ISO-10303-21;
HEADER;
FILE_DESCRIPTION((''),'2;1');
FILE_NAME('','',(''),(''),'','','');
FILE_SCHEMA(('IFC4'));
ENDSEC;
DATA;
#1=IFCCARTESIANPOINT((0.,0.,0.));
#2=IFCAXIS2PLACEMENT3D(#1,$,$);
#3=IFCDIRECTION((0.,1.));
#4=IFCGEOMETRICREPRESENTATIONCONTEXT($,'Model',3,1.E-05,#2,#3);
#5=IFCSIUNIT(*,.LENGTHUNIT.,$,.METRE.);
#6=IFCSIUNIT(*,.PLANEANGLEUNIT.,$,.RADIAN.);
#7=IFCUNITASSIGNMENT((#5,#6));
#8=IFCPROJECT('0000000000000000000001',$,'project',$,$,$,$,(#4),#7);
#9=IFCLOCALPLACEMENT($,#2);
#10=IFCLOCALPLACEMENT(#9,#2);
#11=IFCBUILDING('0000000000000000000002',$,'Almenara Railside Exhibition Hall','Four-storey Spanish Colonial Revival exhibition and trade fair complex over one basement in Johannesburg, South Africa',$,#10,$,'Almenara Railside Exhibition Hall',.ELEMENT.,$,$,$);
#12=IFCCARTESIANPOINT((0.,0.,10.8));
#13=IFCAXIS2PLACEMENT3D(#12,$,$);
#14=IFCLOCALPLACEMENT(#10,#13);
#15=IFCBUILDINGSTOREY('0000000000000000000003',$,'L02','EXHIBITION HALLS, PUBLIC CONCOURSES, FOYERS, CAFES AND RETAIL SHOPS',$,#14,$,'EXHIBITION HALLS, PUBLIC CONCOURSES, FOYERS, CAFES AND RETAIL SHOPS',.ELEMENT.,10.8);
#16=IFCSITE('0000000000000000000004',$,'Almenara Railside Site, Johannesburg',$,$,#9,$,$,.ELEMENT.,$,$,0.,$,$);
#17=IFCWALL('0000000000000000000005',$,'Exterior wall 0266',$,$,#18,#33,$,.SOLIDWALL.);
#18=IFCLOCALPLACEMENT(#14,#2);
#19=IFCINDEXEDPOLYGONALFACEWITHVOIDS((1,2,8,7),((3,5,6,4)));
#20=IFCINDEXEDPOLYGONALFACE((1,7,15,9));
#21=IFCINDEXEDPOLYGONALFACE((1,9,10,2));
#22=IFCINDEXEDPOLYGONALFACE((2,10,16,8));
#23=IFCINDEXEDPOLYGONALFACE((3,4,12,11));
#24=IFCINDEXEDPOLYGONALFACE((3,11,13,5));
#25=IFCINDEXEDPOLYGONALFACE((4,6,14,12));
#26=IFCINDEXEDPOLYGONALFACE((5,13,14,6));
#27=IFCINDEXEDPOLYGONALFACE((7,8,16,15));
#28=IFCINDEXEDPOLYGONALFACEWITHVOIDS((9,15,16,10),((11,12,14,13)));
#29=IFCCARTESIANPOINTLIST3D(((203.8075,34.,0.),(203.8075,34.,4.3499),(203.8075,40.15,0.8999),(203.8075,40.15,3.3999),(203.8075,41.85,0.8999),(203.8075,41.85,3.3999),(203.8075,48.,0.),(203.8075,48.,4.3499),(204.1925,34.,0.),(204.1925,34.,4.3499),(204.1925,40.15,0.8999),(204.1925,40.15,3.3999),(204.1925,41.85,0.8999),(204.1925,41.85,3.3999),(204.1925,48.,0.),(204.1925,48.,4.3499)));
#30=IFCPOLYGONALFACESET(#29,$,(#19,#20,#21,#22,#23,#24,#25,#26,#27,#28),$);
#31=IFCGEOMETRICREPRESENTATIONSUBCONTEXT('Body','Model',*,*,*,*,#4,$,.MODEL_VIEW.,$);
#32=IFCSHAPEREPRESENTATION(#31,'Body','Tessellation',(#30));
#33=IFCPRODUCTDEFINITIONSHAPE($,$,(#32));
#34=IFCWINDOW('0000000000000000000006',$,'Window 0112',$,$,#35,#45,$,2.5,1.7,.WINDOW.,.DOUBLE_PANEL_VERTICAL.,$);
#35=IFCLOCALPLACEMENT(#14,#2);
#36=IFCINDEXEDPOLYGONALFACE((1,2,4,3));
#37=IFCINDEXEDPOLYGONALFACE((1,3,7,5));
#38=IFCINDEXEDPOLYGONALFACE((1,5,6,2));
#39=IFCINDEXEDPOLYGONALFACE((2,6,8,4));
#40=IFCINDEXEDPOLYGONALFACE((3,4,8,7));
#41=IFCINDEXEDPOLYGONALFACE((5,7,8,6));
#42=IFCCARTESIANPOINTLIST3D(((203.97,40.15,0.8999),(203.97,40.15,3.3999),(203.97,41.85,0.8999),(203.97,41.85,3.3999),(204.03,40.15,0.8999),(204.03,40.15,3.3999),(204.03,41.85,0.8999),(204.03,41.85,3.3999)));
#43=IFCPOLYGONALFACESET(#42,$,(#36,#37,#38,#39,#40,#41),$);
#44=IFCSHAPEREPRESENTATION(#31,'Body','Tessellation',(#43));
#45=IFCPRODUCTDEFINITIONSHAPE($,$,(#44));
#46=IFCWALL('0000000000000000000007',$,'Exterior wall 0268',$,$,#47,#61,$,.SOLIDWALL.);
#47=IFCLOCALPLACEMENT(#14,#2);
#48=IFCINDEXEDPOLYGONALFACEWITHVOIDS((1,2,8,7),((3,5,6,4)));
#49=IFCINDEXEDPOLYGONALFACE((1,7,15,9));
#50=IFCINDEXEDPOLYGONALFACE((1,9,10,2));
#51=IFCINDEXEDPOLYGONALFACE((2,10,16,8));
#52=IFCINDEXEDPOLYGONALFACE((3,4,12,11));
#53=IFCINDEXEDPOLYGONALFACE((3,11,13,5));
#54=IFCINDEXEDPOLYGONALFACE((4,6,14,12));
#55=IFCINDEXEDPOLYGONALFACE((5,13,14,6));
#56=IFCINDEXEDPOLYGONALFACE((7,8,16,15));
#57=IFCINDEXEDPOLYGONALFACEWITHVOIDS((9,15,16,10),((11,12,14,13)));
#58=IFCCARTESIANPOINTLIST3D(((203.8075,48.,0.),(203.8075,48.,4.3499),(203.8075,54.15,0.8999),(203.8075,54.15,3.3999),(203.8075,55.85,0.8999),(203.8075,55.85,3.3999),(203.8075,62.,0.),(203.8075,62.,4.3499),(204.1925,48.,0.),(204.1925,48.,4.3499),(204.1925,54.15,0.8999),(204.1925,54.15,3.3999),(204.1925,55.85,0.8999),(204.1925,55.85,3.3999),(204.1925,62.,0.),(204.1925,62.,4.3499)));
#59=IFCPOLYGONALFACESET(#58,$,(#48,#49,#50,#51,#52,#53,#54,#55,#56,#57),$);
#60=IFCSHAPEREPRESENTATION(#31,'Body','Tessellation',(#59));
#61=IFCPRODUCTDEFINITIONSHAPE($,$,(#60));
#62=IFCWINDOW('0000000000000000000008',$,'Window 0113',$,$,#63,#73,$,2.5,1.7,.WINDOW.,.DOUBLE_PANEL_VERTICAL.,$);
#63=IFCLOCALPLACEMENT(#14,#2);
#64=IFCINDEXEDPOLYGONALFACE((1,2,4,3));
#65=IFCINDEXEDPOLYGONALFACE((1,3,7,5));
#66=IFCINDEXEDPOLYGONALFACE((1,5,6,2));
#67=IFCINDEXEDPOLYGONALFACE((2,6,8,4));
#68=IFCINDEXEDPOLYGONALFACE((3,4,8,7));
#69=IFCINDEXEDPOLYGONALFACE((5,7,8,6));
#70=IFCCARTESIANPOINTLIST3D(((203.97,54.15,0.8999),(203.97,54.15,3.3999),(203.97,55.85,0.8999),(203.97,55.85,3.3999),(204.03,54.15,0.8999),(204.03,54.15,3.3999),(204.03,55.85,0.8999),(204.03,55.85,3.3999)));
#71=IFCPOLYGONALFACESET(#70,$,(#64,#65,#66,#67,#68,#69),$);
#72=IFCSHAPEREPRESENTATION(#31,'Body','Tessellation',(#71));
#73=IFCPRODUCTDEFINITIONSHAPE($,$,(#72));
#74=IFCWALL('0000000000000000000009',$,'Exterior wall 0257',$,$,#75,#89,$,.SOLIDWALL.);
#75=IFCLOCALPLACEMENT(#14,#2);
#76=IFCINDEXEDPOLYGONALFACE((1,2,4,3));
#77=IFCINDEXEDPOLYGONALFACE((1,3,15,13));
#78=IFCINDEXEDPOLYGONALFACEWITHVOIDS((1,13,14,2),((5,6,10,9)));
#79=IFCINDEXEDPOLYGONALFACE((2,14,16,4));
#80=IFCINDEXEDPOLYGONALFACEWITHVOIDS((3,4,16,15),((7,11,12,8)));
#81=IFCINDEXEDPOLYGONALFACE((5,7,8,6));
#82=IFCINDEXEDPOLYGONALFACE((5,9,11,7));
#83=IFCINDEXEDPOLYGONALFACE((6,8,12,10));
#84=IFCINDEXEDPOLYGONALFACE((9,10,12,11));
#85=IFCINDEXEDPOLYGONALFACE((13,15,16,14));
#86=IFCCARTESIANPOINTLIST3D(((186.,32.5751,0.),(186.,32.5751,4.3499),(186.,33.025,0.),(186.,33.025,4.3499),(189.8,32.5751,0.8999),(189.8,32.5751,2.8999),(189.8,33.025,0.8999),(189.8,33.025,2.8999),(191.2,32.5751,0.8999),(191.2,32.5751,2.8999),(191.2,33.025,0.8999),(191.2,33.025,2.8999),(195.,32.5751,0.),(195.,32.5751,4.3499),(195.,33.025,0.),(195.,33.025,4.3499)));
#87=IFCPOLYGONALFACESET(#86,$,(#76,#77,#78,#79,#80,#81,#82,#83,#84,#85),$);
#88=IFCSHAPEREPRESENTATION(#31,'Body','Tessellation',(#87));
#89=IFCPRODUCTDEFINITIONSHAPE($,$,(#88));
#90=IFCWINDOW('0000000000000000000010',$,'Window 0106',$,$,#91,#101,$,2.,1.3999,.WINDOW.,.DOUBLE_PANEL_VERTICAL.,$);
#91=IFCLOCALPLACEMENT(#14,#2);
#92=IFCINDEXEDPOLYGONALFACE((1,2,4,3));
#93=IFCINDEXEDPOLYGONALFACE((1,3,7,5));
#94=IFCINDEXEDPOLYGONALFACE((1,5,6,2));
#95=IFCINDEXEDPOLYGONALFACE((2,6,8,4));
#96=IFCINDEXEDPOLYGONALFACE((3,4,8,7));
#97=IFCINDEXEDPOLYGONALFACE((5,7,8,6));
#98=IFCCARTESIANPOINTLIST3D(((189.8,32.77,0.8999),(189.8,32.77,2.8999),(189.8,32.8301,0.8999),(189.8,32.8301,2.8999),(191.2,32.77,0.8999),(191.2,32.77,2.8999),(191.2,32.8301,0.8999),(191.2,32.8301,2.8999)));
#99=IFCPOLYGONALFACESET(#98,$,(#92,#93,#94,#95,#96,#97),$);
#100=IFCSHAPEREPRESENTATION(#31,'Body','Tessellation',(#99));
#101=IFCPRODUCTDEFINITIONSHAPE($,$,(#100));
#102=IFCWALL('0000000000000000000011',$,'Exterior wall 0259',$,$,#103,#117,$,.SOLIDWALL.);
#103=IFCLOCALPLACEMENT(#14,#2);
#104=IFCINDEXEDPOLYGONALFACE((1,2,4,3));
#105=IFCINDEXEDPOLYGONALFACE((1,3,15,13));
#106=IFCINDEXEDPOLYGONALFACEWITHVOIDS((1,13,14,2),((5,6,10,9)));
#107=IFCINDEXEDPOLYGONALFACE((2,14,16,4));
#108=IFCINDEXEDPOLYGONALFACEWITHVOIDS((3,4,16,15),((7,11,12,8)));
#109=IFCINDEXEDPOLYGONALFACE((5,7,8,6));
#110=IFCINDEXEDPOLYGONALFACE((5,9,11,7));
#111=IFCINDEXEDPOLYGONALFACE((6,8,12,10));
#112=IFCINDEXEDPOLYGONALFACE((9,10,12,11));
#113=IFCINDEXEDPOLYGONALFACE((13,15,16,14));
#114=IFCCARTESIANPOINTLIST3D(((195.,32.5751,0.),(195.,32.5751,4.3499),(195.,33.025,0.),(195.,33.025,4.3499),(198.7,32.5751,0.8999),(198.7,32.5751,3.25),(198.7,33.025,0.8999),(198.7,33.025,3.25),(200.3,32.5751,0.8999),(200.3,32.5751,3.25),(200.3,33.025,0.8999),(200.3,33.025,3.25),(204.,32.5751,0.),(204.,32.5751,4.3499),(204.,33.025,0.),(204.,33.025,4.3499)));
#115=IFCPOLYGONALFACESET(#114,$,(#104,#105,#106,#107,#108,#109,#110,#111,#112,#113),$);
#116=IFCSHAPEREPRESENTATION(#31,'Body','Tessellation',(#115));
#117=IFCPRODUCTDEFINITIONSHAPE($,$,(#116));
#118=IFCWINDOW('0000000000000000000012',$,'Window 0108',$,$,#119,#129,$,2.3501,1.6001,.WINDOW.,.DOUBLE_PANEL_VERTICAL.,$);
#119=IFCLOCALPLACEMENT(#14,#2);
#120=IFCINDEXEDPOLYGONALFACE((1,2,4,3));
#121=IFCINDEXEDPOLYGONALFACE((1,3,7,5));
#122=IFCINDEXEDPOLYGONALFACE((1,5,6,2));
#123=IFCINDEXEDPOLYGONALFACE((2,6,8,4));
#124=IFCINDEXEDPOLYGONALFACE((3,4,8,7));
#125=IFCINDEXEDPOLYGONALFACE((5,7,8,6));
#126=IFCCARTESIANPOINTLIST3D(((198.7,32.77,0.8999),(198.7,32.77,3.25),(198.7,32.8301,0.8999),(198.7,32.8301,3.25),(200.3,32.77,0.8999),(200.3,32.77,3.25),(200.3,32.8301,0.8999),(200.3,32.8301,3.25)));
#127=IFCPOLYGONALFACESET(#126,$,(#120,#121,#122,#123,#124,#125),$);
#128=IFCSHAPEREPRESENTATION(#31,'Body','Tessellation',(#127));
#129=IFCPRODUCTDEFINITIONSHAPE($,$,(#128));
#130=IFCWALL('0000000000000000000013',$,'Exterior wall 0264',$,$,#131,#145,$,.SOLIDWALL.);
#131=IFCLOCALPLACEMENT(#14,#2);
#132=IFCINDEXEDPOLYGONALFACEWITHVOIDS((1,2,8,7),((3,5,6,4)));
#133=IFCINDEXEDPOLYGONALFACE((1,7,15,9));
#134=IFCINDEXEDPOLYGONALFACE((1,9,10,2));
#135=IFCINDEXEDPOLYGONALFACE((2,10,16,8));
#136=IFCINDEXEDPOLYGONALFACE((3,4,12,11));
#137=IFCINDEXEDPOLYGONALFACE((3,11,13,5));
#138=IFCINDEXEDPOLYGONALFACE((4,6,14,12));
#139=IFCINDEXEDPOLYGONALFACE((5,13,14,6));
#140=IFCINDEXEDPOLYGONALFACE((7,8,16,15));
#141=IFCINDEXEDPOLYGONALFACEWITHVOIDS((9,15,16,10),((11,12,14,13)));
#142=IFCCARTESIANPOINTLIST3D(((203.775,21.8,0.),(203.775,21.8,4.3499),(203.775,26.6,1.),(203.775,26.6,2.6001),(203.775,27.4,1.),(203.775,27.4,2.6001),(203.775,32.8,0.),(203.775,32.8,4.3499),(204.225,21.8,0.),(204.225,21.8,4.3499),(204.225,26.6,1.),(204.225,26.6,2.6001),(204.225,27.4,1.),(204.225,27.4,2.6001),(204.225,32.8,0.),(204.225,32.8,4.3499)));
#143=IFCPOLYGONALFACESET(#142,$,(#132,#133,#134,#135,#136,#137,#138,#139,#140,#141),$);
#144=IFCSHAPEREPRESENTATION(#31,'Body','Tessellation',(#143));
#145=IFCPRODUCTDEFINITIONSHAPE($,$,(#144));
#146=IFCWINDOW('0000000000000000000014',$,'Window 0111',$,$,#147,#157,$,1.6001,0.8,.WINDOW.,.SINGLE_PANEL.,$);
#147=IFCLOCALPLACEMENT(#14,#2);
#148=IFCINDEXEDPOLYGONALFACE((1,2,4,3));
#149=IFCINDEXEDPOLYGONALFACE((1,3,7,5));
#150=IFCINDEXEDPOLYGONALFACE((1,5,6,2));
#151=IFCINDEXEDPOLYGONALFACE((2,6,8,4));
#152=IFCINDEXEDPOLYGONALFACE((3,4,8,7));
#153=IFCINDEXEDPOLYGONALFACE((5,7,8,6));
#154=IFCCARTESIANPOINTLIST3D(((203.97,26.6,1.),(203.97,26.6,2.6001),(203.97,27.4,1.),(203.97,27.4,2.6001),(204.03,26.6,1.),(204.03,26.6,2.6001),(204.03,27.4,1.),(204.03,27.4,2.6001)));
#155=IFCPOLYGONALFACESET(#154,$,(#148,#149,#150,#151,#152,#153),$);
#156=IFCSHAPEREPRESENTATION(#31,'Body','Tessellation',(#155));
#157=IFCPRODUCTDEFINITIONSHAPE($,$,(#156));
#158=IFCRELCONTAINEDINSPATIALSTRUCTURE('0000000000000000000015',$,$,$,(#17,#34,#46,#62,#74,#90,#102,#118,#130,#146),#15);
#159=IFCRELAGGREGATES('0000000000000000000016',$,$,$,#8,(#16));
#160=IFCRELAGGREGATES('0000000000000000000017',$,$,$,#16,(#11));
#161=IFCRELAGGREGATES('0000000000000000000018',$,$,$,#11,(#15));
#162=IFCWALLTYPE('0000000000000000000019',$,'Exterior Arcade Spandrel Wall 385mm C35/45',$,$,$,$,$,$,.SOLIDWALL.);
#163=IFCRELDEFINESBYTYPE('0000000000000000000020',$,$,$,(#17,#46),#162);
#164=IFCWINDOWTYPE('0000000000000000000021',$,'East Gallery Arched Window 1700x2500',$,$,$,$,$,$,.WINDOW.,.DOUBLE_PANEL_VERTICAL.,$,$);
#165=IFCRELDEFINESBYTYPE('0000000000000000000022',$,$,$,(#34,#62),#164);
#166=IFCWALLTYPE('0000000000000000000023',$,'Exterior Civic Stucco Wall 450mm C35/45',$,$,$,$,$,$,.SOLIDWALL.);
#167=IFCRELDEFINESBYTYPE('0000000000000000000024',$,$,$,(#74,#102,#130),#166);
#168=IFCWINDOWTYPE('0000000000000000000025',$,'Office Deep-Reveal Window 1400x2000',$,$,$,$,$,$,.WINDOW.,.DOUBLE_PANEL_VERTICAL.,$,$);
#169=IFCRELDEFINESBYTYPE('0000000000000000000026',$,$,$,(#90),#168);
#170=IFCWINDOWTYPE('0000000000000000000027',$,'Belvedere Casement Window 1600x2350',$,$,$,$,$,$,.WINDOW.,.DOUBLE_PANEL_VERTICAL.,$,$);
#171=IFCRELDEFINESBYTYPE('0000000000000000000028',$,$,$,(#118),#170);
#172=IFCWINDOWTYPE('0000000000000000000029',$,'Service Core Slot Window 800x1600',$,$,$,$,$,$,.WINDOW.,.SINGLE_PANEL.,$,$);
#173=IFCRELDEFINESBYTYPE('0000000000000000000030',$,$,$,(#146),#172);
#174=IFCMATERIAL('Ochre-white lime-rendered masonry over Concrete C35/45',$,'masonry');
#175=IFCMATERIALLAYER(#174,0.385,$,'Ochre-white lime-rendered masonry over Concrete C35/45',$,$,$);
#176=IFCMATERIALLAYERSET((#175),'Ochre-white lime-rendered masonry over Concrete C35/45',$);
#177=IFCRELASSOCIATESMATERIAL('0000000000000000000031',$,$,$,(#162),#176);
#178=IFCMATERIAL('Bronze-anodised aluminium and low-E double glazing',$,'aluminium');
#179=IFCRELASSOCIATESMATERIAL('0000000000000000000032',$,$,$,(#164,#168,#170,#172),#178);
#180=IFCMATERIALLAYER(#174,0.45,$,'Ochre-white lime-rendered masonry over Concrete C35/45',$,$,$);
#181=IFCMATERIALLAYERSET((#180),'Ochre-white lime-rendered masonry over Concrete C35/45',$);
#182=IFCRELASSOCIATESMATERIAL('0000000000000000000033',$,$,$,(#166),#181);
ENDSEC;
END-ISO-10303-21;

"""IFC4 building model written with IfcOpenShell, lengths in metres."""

from ifc_helpers import new_model, si_unit, direction, frame, frame_2d, origin, place, context, subcontext, project, spatial, rectangle, extrude, material, layer, layer_set, type_object, element, fill, save


model = new_model("IFC4")

# Units and contexts
model_context = context("Model", 3, precision=1e-05, world=origin(), true_north=direction((0.0, 1.0)))
body_context = subcontext(model_context, "Body", "Model", "MODEL_VIEW")
ifc_project = project(units=[si_unit("LENGTHUNIT", "METRE"), si_unit("PLANEANGLEUNIT", "RADIAN")], contexts=[model_context])

# Site, building, storey
site_placement = place(None, origin())
site = spatial("IfcSite", under=ifc_project, at=site_placement, Name="Almenara Railside Site, Johannesburg", CompositionType="ELEMENT", RefElevation=0.0)
building_placement = place(site_placement, origin())
building = spatial("IfcBuilding", under=site, at=building_placement, Name="Almenara Railside Exhibition Hall", Description="Four-storey Spanish Colonial Revival exhibition and trade fair complex over one basement in Johannesburg, South Africa", LongName="Almenara Railside Exhibition Hall", CompositionType="ELEMENT")
storey_placement = place(building_placement, frame((0.0, 0.0, 10.8)))
storey = spatial("IfcBuildingStorey", under=building, at=storey_placement, Name="L02", Description="EXHIBITION HALLS, PUBLIC CONCOURSES, FOYERS, CAFES AND RETAIL SHOPS", LongName="EXHIBITION HALLS, PUBLIC CONCOURSES, FOYERS, CAFES AND RETAIL SHOPS", CompositionType="ELEMENT", Elevation=10.8)

# Walls, openings, windows
ifc_material_1 = material(Name="Ochre-white lime-rendered masonry over Concrete C35/45", Category="masonry")
ifc_layer_1 = layer(ifc_material_1, 0.385, Name="Ochre-white lime-rendered masonry over Concrete C35/45")
ifc_layer_set_1 = layer_set([ifc_layer_1], Name="Ochre-white lime-rendered masonry over Concrete C35/45")
wall_type_1 = type_object("IfcWallType", Name="Exterior Arcade Spandrel Wall 385mm C35/45", PredefinedType="SOLIDWALL", material=ifc_layer_set_1)
wall_1_placement = place(storey_placement, frame((204.0, 34.0, 0.0), z_axis=(0.0, 0.0, 1.0), x_axis=(0.0, 1.0, 0.0)))
wall_1 = element("IfcWall", 1, at=wall_1_placement, inside=storey, type_object=wall_type_1, Name="Exterior wall 0266", PredefinedType="SOLIDWALL", context=body_context, shape_type="SweptSolid", body=[
    extrude(rectangle(XDim=14.0, YDim=0.385, at=frame_2d((7.0, 0.0))), origin(), (0.0, 0.0, 1.0), 4.3499),
])
opening_1_placement = place(wall_1_placement, frame((6.1499, 0.0, 0.8999)))
opening_1 = element("IfcOpeningElement", 2, at=opening_1_placement, cuts=wall_1, PredefinedType="OPENING", context=body_context, shape_type="SweptSolid", body=[
    extrude(rectangle(XDim=1.7, YDim=2.5, at=frame_2d((0.8501, 1.25))), frame((0.0, 0.2024, 0.0), z_axis=(0.0, -1.0, 0.0), x_axis=(1.0, 0.0, 0.0)), (0.0, 0.0, 1.0), 0.405),
])
ifc_material_2 = material(Name="Bronze-anodised aluminium and low-E double glazing", Category="aluminium")
window_type_1 = type_object("IfcWindowType", Name="East Gallery Arched Window 1700x2500", PartitioningType="DOUBLE_PANEL_VERTICAL", PredefinedType="WINDOW", material=ifc_material_2)
window_1_placement = place(opening_1_placement, origin())
window_1 = element("IfcWindow", 3, at=window_1_placement, inside=storey, type_object=window_type_1, Name="Window 0112", OverallHeight=2.5, OverallWidth=1.7, PartitioningType="DOUBLE_PANEL_VERTICAL", PredefinedType="WINDOW", context=body_context, shape_type="SweptSolid", body=[
    extrude(rectangle(XDim=1.7, YDim=2.5, at=frame_2d((0.8501, 1.25))), frame((0.0, 0.03, 0.0), z_axis=(0.0, -1.0, 0.0), x_axis=(1.0, 0.0, 0.0)), (0.0, 0.0, 1.0), 0.0601),
])
fill(opening_1, window_1)
wall_2_placement = place(storey_placement, frame((204.0, 48.0, 0.0), z_axis=(0.0, 0.0, 1.0), x_axis=(0.0, 1.0, 0.0)))
wall_2 = element("IfcWall", 4, at=wall_2_placement, inside=storey, type_object=wall_type_1, Name="Exterior wall 0268", PredefinedType="SOLIDWALL", context=body_context, shape_type="SweptSolid", body=[
    extrude(rectangle(XDim=14.0, YDim=0.385, at=frame_2d((7.0, 0.0))), origin(), (0.0, 0.0, 1.0), 4.3499),
])
opening_2_placement = place(wall_2_placement, frame((6.1499, 0.0, 0.8999)))
opening_2 = element("IfcOpeningElement", 5, at=opening_2_placement, cuts=wall_2, PredefinedType="OPENING", context=body_context, shape_type="SweptSolid", body=[
    extrude(rectangle(XDim=1.7, YDim=2.5, at=frame_2d((0.8501, 1.25))), frame((0.0, 0.2024, 0.0), z_axis=(0.0, -1.0, 0.0), x_axis=(1.0, 0.0, 0.0)), (0.0, 0.0, 1.0), 0.405),
])
window_2_placement = place(opening_2_placement, origin())
window_2 = element("IfcWindow", 6, at=window_2_placement, inside=storey, type_object=window_type_1, Name="Window 0113", OverallHeight=2.5, OverallWidth=1.7, PartitioningType="DOUBLE_PANEL_VERTICAL", PredefinedType="WINDOW", context=body_context, shape_type="SweptSolid", body=[
    extrude(rectangle(XDim=1.7, YDim=2.5, at=frame_2d((0.8501, 1.25))), frame((0.0, 0.03, 0.0), z_axis=(0.0, -1.0, 0.0), x_axis=(1.0, 0.0, 0.0)), (0.0, 0.0, 1.0), 0.0601),
])
fill(opening_2, window_2)
ifc_layer_2 = layer(ifc_material_1, 0.45, Name="Ochre-white lime-rendered masonry over Concrete C35/45")
ifc_layer_set_2 = layer_set([ifc_layer_2], Name="Ochre-white lime-rendered masonry over Concrete C35/45")
wall_type_2 = type_object("IfcWallType", Name="Exterior Civic Stucco Wall 450mm C35/45", PredefinedType="SOLIDWALL", material=ifc_layer_set_2)
wall_3_placement = place(storey_placement, frame((195.0, 32.8, 0.0), z_axis=(0.0, 0.0, 1.0), x_axis=(-1.0, 0.0, 0.0)))
wall_3 = element("IfcWall", 7, at=wall_3_placement, inside=storey, type_object=wall_type_2, Name="Exterior wall 0257", PredefinedType="SOLIDWALL", context=body_context, shape_type="SweptSolid", body=[
    extrude(rectangle(XDim=9.0, YDim=0.45, at=frame_2d((4.5, 0.0))), origin(), (0.0, 0.0, 1.0), 4.3499),
])
opening_3_placement = place(wall_3_placement, frame((3.8, 0.0, 0.8999)))
opening_3 = element("IfcOpeningElement", 8, at=opening_3_placement, cuts=wall_3, PredefinedType="OPENING", context=body_context, shape_type="SweptSolid", body=[
    extrude(rectangle(XDim=1.3999, YDim=2.0, at=frame_2d((0.7, 1.0))), frame((0.0, 0.2349, 0.0), z_axis=(0.0, -1.0, 0.0), x_axis=(1.0, 0.0, 0.0)), (0.0, 0.0, 1.0), 0.47),
])
window_type_2 = type_object("IfcWindowType", Name="Office Deep-Reveal Window 1400x2000", PartitioningType="DOUBLE_PANEL_VERTICAL", PredefinedType="WINDOW", material=ifc_material_2)
window_3_placement = place(opening_3_placement, origin())
window_3 = element("IfcWindow", 9, at=window_3_placement, inside=storey, type_object=window_type_2, Name="Window 0106", OverallHeight=2.0, OverallWidth=1.3999, PartitioningType="DOUBLE_PANEL_VERTICAL", PredefinedType="WINDOW", context=body_context, shape_type="SweptSolid", body=[
    extrude(rectangle(XDim=1.3999, YDim=2.0, at=frame_2d((0.7, 1.0))), frame((0.0, 0.03, 0.0), z_axis=(0.0, -1.0, 0.0), x_axis=(1.0, 0.0, 0.0)), (0.0, 0.0, 1.0), 0.0601),
])
fill(opening_3, window_3)
wall_4_placement = place(storey_placement, frame((204.0, 32.8, 0.0), z_axis=(0.0, 0.0, 1.0), x_axis=(-1.0, 0.0, 0.0)))
wall_4 = element("IfcWall", 10, at=wall_4_placement, inside=storey, type_object=wall_type_2, Name="Exterior wall 0259", PredefinedType="SOLIDWALL", context=body_context, shape_type="SweptSolid", body=[
    extrude(rectangle(XDim=9.0, YDim=0.45, at=frame_2d((4.5, 0.0))), origin(), (0.0, 0.0, 1.0), 4.3499),
])
opening_4_placement = place(wall_4_placement, frame((3.7, 0.0, 0.8999)))
opening_4 = element("IfcOpeningElement", 11, at=opening_4_placement, cuts=wall_4, PredefinedType="OPENING", context=body_context, shape_type="SweptSolid", body=[
    extrude(rectangle(XDim=1.6001, YDim=2.3501, at=frame_2d((0.8, 1.175))), frame((0.0, 0.2349, 0.0), z_axis=(0.0, -1.0, 0.0), x_axis=(1.0, 0.0, 0.0)), (0.0, 0.0, 1.0), 0.47),
])
window_type_3 = type_object("IfcWindowType", Name="Belvedere Casement Window 1600x2350", PartitioningType="DOUBLE_PANEL_VERTICAL", PredefinedType="WINDOW", material=ifc_material_2)
window_4_placement = place(opening_4_placement, origin())
window_4 = element("IfcWindow", 12, at=window_4_placement, inside=storey, type_object=window_type_3, Name="Window 0108", OverallHeight=2.3501, OverallWidth=1.6001, PartitioningType="DOUBLE_PANEL_VERTICAL", PredefinedType="WINDOW", context=body_context, shape_type="SweptSolid", body=[
    extrude(rectangle(XDim=1.6001, YDim=2.3501, at=frame_2d((0.8, 1.175))), frame((0.0, 0.03, 0.0), z_axis=(0.0, -1.0, 0.0), x_axis=(1.0, 0.0, 0.0)), (0.0, 0.0, 1.0), 0.0601),
])
fill(opening_4, window_4)
wall_5_placement = place(storey_placement, frame((204.0, 21.8, 0.0), z_axis=(0.0, 0.0, 1.0), x_axis=(0.0, 1.0, 0.0)))
wall_5 = element("IfcWall", 13, at=wall_5_placement, inside=storey, type_object=wall_type_2, Name="Exterior wall 0264", PredefinedType="SOLIDWALL", context=body_context, shape_type="SweptSolid", body=[
    extrude(rectangle(XDim=11.0, YDim=0.45, at=frame_2d((5.5, 0.0))), origin(), (0.0, 0.0, 1.0), 4.3499),
])
opening_5_placement = place(wall_5_placement, frame((4.8, 0.0, 1.0)))
opening_5 = element("IfcOpeningElement", 14, at=opening_5_placement, cuts=wall_5, PredefinedType="OPENING", context=body_context, shape_type="SweptSolid", body=[
    extrude(rectangle(XDim=0.8, YDim=1.6001, at=frame_2d((0.3999, 0.8))), frame((0.0, 0.2349, 0.0), z_axis=(0.0, -1.0, 0.0), x_axis=(1.0, 0.0, 0.0)), (0.0, 0.0, 1.0), 0.47),
])
window_type_4 = type_object("IfcWindowType", Name="Service Core Slot Window 800x1600", PartitioningType="SINGLE_PANEL", PredefinedType="WINDOW", material=ifc_material_2)
window_5_placement = place(opening_5_placement, origin())
window_5 = element("IfcWindow", 15, at=window_5_placement, inside=storey, type_object=window_type_4, Name="Window 0111", OverallHeight=1.6001, OverallWidth=0.8, PartitioningType="SINGLE_PANEL", PredefinedType="WINDOW", context=body_context, shape_type="SweptSolid", body=[
    extrude(rectangle(XDim=0.8, YDim=1.6001, at=frame_2d((0.3999, 0.8))), frame((0.0, 0.03, 0.0), z_axis=(0.0, -1.0, 0.0), x_axis=(1.0, 0.0, 0.0)), (0.0, 0.0, 1.0), 0.0601),
])
fill(opening_5, window_5)

save(model, "model.ifc")
